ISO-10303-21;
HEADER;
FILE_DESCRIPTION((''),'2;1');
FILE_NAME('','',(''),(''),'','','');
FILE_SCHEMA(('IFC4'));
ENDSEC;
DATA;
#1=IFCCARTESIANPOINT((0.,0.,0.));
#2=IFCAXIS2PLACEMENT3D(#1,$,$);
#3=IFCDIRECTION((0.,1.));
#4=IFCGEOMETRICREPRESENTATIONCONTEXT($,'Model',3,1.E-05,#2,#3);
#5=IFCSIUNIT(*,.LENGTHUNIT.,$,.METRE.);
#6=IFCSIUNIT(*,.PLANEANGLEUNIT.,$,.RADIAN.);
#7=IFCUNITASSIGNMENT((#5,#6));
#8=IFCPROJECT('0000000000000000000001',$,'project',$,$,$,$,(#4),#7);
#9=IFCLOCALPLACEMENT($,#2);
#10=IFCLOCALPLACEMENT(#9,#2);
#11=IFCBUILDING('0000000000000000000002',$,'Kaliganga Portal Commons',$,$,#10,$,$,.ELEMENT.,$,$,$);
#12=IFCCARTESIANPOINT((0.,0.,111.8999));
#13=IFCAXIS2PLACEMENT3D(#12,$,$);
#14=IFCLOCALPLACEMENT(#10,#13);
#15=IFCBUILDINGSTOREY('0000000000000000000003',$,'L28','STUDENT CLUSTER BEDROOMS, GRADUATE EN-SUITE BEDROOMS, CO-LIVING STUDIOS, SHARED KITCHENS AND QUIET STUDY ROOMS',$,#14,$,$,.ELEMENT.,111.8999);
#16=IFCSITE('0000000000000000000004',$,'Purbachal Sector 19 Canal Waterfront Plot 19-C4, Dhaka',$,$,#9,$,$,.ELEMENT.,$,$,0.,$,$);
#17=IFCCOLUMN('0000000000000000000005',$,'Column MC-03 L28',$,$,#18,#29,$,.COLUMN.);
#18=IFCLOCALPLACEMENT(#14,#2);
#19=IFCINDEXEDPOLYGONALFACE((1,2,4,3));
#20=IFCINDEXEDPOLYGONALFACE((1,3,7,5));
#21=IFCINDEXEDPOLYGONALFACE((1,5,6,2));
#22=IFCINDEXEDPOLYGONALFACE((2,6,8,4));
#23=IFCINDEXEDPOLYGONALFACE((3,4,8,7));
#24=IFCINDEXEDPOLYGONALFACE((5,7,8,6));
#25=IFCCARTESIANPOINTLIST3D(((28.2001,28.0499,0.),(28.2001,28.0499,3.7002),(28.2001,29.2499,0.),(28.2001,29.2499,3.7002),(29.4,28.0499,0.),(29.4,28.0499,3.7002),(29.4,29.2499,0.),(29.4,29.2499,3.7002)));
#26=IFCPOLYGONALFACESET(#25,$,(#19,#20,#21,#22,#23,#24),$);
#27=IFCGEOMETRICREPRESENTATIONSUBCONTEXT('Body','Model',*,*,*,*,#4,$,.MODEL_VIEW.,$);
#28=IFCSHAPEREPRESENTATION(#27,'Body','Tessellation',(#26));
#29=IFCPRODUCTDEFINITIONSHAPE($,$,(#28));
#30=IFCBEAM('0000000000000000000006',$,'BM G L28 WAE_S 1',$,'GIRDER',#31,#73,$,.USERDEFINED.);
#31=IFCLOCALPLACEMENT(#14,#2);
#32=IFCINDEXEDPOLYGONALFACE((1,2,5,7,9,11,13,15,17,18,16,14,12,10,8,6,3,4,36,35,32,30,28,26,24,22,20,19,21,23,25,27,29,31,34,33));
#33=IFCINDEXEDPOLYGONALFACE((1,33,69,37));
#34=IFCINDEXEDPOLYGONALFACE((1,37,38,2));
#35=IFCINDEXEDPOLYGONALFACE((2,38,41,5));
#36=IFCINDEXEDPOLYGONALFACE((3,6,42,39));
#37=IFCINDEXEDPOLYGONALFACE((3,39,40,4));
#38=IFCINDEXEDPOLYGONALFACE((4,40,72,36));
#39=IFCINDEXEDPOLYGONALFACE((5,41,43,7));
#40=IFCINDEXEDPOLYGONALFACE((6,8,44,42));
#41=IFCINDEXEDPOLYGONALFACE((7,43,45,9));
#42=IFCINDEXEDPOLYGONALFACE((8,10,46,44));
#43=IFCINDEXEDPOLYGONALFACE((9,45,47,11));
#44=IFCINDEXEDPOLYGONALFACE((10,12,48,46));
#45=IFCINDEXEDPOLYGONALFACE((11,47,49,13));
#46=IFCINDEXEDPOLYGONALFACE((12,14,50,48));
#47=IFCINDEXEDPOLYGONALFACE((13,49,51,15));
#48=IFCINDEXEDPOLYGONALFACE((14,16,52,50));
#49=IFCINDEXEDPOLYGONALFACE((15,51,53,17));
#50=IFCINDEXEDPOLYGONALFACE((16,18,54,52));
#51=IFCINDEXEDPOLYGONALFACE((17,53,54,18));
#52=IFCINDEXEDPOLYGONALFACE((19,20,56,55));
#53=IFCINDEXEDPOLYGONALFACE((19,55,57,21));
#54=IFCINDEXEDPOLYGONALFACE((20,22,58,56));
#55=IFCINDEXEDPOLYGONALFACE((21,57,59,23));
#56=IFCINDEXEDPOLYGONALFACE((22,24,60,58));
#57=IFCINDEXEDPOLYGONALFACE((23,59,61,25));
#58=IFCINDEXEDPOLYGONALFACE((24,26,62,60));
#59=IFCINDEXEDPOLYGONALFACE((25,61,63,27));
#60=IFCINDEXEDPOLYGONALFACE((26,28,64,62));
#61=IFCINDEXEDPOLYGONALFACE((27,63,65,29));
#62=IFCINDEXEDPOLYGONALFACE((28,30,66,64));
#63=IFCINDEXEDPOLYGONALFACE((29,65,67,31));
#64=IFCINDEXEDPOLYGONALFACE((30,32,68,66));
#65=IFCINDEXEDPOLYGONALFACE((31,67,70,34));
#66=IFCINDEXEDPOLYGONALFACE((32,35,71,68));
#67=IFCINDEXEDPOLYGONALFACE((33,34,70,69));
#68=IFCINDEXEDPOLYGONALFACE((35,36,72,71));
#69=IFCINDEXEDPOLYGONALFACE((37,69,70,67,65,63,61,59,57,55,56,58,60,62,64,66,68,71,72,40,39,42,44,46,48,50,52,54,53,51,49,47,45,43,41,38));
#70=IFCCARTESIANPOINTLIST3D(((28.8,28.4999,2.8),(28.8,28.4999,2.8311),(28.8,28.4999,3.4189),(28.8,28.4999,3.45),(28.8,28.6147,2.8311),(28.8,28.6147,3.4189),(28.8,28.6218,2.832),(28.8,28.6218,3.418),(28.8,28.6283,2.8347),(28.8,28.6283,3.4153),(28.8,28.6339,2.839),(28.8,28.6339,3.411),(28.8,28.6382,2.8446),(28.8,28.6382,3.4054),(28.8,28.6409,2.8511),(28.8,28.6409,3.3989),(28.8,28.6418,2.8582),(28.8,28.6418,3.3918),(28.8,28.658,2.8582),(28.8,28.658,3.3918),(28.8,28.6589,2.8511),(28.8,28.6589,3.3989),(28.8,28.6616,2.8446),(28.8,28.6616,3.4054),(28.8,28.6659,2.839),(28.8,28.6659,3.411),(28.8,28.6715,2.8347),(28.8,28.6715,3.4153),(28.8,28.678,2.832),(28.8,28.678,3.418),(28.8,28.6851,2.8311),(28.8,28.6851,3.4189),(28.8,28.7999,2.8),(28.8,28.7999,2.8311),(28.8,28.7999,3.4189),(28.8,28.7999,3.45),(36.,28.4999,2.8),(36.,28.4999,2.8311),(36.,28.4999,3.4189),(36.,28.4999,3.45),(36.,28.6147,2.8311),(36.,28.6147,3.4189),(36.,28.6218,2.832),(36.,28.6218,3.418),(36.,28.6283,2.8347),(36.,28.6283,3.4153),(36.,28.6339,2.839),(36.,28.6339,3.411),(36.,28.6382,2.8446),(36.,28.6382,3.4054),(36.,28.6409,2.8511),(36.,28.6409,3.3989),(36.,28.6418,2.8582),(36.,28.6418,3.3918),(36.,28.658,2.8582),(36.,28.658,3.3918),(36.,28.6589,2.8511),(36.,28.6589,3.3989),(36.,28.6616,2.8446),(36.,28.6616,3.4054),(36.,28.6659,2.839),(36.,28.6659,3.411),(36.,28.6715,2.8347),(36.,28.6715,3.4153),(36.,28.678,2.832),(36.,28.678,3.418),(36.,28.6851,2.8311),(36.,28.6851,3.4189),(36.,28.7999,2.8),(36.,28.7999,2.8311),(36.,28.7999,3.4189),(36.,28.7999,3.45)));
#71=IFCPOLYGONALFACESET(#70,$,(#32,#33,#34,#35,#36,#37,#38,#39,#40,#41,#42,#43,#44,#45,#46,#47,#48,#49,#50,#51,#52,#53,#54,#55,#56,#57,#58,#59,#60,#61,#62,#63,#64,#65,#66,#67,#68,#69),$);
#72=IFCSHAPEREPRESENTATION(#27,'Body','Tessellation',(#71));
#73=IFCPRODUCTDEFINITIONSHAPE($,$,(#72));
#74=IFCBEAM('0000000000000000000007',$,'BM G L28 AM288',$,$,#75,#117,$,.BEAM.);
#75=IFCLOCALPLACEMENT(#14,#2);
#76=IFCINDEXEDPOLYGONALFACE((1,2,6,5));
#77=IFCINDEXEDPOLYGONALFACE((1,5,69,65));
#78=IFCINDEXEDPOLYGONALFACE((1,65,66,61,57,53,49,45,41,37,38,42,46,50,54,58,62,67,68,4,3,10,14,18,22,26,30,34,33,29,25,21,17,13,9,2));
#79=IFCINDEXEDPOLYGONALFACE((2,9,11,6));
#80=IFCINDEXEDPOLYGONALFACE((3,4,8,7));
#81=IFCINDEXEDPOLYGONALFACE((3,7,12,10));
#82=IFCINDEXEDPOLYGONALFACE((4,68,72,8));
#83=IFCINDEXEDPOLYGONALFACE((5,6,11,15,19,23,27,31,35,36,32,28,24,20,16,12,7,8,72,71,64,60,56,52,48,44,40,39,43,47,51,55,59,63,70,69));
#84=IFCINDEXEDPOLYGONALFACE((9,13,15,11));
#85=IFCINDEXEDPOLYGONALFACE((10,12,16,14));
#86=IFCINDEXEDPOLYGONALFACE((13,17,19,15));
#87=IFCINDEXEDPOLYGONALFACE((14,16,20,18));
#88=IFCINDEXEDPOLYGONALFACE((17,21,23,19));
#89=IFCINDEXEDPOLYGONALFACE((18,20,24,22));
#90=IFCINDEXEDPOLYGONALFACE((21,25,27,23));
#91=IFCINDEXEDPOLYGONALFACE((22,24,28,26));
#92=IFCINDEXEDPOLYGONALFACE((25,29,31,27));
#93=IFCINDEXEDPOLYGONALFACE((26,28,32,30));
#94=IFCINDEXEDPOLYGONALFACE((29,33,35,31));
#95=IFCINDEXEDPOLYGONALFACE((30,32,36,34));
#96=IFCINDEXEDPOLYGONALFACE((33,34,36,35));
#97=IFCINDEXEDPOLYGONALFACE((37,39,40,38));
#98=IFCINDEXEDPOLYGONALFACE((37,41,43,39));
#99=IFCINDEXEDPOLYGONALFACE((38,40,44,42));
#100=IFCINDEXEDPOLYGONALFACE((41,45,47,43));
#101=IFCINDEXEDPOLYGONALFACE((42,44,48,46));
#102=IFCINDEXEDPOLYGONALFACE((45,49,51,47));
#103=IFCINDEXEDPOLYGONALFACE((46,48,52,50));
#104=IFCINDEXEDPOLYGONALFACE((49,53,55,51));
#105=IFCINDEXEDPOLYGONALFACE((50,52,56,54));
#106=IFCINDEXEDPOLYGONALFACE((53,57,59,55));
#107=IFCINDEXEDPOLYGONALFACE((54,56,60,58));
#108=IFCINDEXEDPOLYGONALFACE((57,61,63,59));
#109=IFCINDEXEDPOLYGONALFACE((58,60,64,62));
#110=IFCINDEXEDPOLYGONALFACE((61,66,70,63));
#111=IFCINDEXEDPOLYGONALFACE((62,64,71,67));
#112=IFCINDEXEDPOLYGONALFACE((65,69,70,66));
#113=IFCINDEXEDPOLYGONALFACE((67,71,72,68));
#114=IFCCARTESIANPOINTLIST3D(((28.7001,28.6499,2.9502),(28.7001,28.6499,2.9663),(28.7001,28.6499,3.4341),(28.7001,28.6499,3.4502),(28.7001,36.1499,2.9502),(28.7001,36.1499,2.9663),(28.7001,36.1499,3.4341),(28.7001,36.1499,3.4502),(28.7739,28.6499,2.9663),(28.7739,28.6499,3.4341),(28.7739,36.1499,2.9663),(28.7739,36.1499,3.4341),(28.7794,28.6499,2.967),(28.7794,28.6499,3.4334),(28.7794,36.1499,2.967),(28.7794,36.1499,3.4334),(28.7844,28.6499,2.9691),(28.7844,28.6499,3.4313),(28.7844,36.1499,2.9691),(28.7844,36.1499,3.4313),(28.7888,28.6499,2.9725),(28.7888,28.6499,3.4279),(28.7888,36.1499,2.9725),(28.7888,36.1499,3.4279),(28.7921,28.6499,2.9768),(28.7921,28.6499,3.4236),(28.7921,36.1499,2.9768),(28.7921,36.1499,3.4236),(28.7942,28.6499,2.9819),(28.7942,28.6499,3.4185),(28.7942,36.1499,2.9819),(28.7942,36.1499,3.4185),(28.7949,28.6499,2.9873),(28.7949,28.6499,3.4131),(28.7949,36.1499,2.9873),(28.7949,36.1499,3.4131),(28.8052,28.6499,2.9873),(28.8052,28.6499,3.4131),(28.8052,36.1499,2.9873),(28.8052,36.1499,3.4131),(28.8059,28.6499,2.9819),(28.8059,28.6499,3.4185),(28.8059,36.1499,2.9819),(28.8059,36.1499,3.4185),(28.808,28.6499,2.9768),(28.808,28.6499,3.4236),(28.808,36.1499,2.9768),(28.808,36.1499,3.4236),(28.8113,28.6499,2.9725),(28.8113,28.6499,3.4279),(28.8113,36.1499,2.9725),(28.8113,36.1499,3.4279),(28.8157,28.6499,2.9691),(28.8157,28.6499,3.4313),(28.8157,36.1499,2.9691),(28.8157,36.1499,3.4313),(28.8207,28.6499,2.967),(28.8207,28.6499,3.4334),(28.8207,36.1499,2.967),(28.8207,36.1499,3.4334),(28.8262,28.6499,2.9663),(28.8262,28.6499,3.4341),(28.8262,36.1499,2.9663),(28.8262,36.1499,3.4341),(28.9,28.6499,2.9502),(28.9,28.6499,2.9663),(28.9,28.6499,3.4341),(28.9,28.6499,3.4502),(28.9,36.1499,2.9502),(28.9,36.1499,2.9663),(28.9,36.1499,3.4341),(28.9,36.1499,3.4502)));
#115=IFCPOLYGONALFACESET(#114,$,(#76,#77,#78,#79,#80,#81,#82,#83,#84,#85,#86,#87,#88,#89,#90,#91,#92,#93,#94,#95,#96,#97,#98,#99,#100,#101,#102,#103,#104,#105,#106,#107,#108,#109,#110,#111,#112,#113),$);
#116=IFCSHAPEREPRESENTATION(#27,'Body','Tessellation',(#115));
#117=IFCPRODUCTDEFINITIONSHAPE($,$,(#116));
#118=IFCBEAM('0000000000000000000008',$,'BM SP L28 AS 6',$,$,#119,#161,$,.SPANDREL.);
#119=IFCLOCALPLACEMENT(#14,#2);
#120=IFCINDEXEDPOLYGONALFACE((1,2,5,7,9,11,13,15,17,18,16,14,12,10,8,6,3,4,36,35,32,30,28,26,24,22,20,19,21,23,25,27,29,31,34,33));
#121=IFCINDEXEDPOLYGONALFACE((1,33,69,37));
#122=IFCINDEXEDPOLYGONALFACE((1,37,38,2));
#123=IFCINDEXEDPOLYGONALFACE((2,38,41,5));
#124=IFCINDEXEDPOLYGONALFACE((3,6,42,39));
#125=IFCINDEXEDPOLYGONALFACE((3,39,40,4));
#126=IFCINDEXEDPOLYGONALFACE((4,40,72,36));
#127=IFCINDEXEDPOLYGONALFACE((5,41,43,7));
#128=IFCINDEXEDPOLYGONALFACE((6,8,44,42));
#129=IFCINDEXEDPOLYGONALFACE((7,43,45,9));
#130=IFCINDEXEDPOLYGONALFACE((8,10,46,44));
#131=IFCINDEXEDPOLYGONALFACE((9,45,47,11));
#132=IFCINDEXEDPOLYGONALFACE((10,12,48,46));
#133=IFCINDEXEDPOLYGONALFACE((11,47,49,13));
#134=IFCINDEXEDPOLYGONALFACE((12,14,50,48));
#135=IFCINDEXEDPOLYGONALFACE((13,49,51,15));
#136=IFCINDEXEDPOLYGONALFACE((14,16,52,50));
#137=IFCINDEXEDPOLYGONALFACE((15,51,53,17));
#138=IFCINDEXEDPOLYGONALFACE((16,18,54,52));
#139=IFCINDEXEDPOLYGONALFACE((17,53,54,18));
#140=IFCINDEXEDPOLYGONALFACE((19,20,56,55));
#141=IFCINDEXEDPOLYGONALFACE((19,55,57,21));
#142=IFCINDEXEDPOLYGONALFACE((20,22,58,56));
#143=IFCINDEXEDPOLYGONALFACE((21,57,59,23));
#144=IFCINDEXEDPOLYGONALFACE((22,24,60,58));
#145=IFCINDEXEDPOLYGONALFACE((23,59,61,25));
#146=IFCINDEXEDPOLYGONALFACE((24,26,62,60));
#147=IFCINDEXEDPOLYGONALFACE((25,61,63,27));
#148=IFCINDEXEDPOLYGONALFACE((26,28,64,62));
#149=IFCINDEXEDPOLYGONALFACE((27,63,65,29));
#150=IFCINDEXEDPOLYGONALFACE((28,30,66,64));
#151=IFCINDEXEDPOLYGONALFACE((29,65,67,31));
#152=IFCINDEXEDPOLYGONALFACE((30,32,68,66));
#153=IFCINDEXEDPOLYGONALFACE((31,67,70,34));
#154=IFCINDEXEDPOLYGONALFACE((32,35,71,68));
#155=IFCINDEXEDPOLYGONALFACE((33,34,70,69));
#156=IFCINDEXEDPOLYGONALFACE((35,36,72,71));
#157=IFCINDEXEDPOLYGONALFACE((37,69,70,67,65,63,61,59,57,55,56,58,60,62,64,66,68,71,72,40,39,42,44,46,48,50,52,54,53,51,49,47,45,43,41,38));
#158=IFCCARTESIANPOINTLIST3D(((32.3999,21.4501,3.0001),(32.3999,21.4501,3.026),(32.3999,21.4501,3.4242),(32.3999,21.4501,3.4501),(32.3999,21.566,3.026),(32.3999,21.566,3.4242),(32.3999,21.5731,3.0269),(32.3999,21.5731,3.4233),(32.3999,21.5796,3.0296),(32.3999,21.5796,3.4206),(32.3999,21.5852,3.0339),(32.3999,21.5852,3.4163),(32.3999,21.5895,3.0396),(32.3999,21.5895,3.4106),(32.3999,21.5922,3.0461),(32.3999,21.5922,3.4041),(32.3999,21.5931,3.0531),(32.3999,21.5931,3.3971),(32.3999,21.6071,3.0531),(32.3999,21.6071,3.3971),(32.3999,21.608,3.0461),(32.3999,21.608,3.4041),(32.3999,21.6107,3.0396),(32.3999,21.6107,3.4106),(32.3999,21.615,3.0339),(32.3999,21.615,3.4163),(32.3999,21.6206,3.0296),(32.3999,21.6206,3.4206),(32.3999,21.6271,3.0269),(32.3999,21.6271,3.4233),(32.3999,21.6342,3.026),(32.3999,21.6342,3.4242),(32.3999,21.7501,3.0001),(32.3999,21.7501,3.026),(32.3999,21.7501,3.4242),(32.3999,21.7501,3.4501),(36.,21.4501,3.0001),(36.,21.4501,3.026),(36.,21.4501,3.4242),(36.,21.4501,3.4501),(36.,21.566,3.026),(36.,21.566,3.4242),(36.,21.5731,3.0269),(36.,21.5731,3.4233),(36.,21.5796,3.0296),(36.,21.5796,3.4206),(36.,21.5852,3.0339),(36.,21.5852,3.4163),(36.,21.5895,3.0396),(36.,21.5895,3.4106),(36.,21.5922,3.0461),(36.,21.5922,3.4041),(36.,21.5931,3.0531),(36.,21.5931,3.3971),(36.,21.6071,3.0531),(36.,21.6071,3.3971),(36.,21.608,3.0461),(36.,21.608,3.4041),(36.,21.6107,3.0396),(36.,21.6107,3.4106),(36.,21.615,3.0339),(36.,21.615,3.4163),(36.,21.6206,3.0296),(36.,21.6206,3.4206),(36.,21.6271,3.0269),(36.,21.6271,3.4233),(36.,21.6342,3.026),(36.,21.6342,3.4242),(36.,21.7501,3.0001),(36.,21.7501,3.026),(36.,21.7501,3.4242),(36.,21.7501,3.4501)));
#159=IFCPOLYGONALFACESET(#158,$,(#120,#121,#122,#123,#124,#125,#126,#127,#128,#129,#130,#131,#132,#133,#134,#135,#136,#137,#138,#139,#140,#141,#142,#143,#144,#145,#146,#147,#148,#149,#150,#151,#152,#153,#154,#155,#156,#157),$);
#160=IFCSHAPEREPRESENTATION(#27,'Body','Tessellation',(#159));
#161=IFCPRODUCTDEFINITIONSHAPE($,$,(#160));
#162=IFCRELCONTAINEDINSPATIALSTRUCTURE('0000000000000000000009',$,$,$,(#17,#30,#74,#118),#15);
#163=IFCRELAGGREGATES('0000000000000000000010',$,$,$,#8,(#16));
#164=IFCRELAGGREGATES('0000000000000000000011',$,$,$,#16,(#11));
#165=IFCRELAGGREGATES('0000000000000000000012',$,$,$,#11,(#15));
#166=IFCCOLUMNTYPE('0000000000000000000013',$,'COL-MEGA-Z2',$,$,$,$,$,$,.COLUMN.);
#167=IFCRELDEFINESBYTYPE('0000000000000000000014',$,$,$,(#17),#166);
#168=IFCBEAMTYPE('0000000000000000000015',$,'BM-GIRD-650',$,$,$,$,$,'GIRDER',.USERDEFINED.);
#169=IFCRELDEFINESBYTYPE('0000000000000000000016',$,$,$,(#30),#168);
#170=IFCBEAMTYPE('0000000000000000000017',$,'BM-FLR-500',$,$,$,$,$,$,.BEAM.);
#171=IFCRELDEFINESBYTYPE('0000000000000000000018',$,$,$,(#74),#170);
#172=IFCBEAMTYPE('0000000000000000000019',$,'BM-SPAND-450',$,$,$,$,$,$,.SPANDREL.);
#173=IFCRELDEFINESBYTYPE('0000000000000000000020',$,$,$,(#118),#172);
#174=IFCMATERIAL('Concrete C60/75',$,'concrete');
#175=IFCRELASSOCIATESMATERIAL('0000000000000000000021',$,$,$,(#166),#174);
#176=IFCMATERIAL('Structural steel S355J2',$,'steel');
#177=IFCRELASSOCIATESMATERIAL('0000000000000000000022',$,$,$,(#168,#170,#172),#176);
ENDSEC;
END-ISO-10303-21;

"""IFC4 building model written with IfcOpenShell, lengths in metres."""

from ifc_helpers import new_model, si_unit, direction, frame, origin, origin_2d, place, context, subcontext, project, spatial, rectangle, i_section, extrude, source, transform, mapped, material, material_profile, profile_set, type_object, element, save


model = new_model("IFC4")

# Units and contexts
model_context = context("Model", 3, precision=1e-05, world=origin(), true_north=direction((0.0, 1.0)))
body_context = subcontext(model_context, "Body", "Model", "MODEL_VIEW")
ifc_project = project(units=[si_unit("LENGTHUNIT", "METRE"), si_unit("PLANEANGLEUNIT", "RADIAN")], contexts=[model_context])

# Site, building, storey
site_placement = place(None, origin())
site = spatial("IfcSite", under=ifc_project, at=site_placement, Name="Purbachal Sector 19 Canal Waterfront Plot 19-C4, Dhaka", CompositionType="ELEMENT", RefElevation=0.0)
building_placement = place(site_placement, origin())
building = spatial("IfcBuilding", under=site, at=building_placement, Name="Kaliganga Portal Commons", CompositionType="ELEMENT")
storey_placement = place(building_placement, frame((0.0, 0.0, 111.8999)))
storey = spatial("IfcBuildingStorey", under=building, at=storey_placement, Name="L28", Description="STUDENT CLUSTER BEDROOMS, GRADUATE EN-SUITE BEDROOMS, CO-LIVING STUDIOS, SHARED KITCHENS AND QUIET STUDY ROOMS", CompositionType="ELEMENT", Elevation=111.8999)

# Column
ifc_material_1 = material(Name="Concrete C60/75", Category="concrete")
ifc_material_profile_1 = material_profile(ifc_material_1, rectangle(XDim=1.2, YDim=1.2, at=origin_2d()), Name="RC 1200x1200")
ifc_profile_set_1 = profile_set([ifc_material_profile_1], Name="Concrete C60/75")
column_type = type_object("IfcColumnType", Name="COL-MEGA-Z2", PredefinedType="COLUMN", material=ifc_profile_set_1)
shared_shape_1 = source(origin(), body_context, "Body", "SweptSolid", [
    extrude(rectangle(XDim=1.2, YDim=1.2, at=origin_2d()), origin(), (0.0, 0.0, 1.0), 3.7002),
])
column_placement = place(storey_placement, frame((28.8, 28.6499, 0.0), z_axis=(0.0, 0.0, 1.0), x_axis=(1.0, 0.0, 0.0)))
element("IfcColumn", 1, at=column_placement, inside=storey, type_object=column_type, Name="Column MC-03 L28", PredefinedType="COLUMN", context=body_context, shape_type="MappedRepresentation", body=[
    mapped(shared_shape_1, transform((0.0, 0.0, 0.0), x_axis=(1.0, 0.0, 0.0), y_axis=(0.0, 1.0, 0.0), z_axis=(0.0, 0.0, 1.0), scale=1.0)),
])

# Beams
ifc_material_2 = material(Name="Structural steel S355J2", Category="steel")
ifc_material_profile_2 = material_profile(ifc_material_2, i_section(OverallWidth=0.3, OverallDepth=0.6499, WebThickness=0.0161, FlangeThickness=0.031, FilletRadius=0.0271, at=origin_2d()), Name="HE 650 B")
ifc_profile_set_2 = profile_set([ifc_material_profile_2], Name="Structural steel S355J2 wide-flange")
beam_type_1 = type_object("IfcBeamType", Name="BM-GIRD-650", ElementType="GIRDER", PredefinedType="USERDEFINED", material=ifc_profile_set_2)
shared_shape_2 = source(origin(), body_context, "Body", "SweptSolid", [
    extrude(i_section(OverallWidth=0.3, OverallDepth=0.6499, WebThickness=0.0161, FlangeThickness=0.031, FilletRadius=0.0271, at=origin_2d()), origin(), (0.0, 0.0, 1.0), 7.2),
])
beam_1_placement = place(storey_placement, frame((28.8, 28.6499, 3.125), z_axis=(1.0, 0.0, 0.0), x_axis=(0.0, 1.0, 0.0)))
element("IfcBeam", 2, at=beam_1_placement, inside=storey, type_object=beam_type_1, Name="BM G L28 WAE_S 1", ObjectType="GIRDER", PredefinedType="USERDEFINED", context=body_context, shape_type="MappedRepresentation", body=[
    mapped(shared_shape_2, transform((0.0, 0.0, 0.0), x_axis=(1.0, 0.0, 0.0), y_axis=(0.0, 1.0, 0.0), z_axis=(0.0, 0.0, 1.0), scale=1.0)),
])
ifc_material_profile_3 = material_profile(ifc_material_2, i_section(OverallWidth=0.2, OverallDepth=0.5, WebThickness=0.0103, FlangeThickness=0.0161, FilletRadius=0.021, at=origin_2d()), Name="IPE 500")
ifc_profile_set_3 = profile_set([ifc_material_profile_3], Name="Structural steel S355J2 wide-flange")
beam_type_2 = type_object("IfcBeamType", Name="BM-FLR-500", PredefinedType="BEAM", material=ifc_profile_set_3)
shared_shape_3 = source(origin(), body_context, "Body", "SweptSolid", [
    extrude(i_section(OverallWidth=0.2, OverallDepth=0.5, WebThickness=0.0103, FlangeThickness=0.0161, FilletRadius=0.021, at=origin_2d()), origin(), (0.0, 0.0, 1.0), 7.5),
])
beam_2_placement = place(storey_placement, frame((28.8, 28.6499, 3.2002), z_axis=(0.0, 1.0, 0.0), x_axis=(-1.0, 0.0, 0.0)))
element("IfcBeam", 3, at=beam_2_placement, inside=storey, type_object=beam_type_2, Name="BM G L28 AM288", PredefinedType="BEAM", context=body_context, shape_type="MappedRepresentation", body=[
    mapped(shared_shape_3, transform((0.0, 0.0, 0.0), x_axis=(1.0, 0.0, 0.0), y_axis=(0.0, 1.0, 0.0), z_axis=(0.0, 0.0, 1.0), scale=1.0)),
])
ifc_material_profile_4 = material_profile(ifc_material_2, i_section(OverallWidth=0.3, OverallDepth=0.45, WebThickness=0.0139, FlangeThickness=0.0259, FilletRadius=0.0271, at=origin_2d()), Name="HE 450 B")
ifc_profile_set_4 = profile_set([ifc_material_profile_4], Name="Structural steel S355J2 wide-flange")
beam_type_3 = type_object("IfcBeamType", Name="BM-SPAND-450", PredefinedType="SPANDREL", material=ifc_profile_set_4)
shared_shape_4 = source(origin(), body_context, "Body", "SweptSolid", [
    extrude(i_section(OverallWidth=0.3, OverallDepth=0.45, WebThickness=0.0139, FlangeThickness=0.0259, FilletRadius=0.0271, at=origin_2d()), origin(), (0.0, 0.0, 1.0), 3.6001),
])
beam_3_placement = place(storey_placement, frame((32.3999, 21.6001, 3.2251), z_axis=(1.0, 0.0, 0.0), x_axis=(0.0, 1.0, 0.0)))
element("IfcBeam", 4, at=beam_3_placement, inside=storey, type_object=beam_type_3, Name="BM SP L28 AS 6", PredefinedType="SPANDREL", context=body_context, shape_type="MappedRepresentation", body=[
    mapped(shared_shape_4, transform((0.0, 0.0, 0.0), x_axis=(1.0, 0.0, 0.0), y_axis=(0.0, 1.0, 0.0), z_axis=(0.0, 0.0, 1.0), scale=1.0)),
])

save(model, "model.ifc")
